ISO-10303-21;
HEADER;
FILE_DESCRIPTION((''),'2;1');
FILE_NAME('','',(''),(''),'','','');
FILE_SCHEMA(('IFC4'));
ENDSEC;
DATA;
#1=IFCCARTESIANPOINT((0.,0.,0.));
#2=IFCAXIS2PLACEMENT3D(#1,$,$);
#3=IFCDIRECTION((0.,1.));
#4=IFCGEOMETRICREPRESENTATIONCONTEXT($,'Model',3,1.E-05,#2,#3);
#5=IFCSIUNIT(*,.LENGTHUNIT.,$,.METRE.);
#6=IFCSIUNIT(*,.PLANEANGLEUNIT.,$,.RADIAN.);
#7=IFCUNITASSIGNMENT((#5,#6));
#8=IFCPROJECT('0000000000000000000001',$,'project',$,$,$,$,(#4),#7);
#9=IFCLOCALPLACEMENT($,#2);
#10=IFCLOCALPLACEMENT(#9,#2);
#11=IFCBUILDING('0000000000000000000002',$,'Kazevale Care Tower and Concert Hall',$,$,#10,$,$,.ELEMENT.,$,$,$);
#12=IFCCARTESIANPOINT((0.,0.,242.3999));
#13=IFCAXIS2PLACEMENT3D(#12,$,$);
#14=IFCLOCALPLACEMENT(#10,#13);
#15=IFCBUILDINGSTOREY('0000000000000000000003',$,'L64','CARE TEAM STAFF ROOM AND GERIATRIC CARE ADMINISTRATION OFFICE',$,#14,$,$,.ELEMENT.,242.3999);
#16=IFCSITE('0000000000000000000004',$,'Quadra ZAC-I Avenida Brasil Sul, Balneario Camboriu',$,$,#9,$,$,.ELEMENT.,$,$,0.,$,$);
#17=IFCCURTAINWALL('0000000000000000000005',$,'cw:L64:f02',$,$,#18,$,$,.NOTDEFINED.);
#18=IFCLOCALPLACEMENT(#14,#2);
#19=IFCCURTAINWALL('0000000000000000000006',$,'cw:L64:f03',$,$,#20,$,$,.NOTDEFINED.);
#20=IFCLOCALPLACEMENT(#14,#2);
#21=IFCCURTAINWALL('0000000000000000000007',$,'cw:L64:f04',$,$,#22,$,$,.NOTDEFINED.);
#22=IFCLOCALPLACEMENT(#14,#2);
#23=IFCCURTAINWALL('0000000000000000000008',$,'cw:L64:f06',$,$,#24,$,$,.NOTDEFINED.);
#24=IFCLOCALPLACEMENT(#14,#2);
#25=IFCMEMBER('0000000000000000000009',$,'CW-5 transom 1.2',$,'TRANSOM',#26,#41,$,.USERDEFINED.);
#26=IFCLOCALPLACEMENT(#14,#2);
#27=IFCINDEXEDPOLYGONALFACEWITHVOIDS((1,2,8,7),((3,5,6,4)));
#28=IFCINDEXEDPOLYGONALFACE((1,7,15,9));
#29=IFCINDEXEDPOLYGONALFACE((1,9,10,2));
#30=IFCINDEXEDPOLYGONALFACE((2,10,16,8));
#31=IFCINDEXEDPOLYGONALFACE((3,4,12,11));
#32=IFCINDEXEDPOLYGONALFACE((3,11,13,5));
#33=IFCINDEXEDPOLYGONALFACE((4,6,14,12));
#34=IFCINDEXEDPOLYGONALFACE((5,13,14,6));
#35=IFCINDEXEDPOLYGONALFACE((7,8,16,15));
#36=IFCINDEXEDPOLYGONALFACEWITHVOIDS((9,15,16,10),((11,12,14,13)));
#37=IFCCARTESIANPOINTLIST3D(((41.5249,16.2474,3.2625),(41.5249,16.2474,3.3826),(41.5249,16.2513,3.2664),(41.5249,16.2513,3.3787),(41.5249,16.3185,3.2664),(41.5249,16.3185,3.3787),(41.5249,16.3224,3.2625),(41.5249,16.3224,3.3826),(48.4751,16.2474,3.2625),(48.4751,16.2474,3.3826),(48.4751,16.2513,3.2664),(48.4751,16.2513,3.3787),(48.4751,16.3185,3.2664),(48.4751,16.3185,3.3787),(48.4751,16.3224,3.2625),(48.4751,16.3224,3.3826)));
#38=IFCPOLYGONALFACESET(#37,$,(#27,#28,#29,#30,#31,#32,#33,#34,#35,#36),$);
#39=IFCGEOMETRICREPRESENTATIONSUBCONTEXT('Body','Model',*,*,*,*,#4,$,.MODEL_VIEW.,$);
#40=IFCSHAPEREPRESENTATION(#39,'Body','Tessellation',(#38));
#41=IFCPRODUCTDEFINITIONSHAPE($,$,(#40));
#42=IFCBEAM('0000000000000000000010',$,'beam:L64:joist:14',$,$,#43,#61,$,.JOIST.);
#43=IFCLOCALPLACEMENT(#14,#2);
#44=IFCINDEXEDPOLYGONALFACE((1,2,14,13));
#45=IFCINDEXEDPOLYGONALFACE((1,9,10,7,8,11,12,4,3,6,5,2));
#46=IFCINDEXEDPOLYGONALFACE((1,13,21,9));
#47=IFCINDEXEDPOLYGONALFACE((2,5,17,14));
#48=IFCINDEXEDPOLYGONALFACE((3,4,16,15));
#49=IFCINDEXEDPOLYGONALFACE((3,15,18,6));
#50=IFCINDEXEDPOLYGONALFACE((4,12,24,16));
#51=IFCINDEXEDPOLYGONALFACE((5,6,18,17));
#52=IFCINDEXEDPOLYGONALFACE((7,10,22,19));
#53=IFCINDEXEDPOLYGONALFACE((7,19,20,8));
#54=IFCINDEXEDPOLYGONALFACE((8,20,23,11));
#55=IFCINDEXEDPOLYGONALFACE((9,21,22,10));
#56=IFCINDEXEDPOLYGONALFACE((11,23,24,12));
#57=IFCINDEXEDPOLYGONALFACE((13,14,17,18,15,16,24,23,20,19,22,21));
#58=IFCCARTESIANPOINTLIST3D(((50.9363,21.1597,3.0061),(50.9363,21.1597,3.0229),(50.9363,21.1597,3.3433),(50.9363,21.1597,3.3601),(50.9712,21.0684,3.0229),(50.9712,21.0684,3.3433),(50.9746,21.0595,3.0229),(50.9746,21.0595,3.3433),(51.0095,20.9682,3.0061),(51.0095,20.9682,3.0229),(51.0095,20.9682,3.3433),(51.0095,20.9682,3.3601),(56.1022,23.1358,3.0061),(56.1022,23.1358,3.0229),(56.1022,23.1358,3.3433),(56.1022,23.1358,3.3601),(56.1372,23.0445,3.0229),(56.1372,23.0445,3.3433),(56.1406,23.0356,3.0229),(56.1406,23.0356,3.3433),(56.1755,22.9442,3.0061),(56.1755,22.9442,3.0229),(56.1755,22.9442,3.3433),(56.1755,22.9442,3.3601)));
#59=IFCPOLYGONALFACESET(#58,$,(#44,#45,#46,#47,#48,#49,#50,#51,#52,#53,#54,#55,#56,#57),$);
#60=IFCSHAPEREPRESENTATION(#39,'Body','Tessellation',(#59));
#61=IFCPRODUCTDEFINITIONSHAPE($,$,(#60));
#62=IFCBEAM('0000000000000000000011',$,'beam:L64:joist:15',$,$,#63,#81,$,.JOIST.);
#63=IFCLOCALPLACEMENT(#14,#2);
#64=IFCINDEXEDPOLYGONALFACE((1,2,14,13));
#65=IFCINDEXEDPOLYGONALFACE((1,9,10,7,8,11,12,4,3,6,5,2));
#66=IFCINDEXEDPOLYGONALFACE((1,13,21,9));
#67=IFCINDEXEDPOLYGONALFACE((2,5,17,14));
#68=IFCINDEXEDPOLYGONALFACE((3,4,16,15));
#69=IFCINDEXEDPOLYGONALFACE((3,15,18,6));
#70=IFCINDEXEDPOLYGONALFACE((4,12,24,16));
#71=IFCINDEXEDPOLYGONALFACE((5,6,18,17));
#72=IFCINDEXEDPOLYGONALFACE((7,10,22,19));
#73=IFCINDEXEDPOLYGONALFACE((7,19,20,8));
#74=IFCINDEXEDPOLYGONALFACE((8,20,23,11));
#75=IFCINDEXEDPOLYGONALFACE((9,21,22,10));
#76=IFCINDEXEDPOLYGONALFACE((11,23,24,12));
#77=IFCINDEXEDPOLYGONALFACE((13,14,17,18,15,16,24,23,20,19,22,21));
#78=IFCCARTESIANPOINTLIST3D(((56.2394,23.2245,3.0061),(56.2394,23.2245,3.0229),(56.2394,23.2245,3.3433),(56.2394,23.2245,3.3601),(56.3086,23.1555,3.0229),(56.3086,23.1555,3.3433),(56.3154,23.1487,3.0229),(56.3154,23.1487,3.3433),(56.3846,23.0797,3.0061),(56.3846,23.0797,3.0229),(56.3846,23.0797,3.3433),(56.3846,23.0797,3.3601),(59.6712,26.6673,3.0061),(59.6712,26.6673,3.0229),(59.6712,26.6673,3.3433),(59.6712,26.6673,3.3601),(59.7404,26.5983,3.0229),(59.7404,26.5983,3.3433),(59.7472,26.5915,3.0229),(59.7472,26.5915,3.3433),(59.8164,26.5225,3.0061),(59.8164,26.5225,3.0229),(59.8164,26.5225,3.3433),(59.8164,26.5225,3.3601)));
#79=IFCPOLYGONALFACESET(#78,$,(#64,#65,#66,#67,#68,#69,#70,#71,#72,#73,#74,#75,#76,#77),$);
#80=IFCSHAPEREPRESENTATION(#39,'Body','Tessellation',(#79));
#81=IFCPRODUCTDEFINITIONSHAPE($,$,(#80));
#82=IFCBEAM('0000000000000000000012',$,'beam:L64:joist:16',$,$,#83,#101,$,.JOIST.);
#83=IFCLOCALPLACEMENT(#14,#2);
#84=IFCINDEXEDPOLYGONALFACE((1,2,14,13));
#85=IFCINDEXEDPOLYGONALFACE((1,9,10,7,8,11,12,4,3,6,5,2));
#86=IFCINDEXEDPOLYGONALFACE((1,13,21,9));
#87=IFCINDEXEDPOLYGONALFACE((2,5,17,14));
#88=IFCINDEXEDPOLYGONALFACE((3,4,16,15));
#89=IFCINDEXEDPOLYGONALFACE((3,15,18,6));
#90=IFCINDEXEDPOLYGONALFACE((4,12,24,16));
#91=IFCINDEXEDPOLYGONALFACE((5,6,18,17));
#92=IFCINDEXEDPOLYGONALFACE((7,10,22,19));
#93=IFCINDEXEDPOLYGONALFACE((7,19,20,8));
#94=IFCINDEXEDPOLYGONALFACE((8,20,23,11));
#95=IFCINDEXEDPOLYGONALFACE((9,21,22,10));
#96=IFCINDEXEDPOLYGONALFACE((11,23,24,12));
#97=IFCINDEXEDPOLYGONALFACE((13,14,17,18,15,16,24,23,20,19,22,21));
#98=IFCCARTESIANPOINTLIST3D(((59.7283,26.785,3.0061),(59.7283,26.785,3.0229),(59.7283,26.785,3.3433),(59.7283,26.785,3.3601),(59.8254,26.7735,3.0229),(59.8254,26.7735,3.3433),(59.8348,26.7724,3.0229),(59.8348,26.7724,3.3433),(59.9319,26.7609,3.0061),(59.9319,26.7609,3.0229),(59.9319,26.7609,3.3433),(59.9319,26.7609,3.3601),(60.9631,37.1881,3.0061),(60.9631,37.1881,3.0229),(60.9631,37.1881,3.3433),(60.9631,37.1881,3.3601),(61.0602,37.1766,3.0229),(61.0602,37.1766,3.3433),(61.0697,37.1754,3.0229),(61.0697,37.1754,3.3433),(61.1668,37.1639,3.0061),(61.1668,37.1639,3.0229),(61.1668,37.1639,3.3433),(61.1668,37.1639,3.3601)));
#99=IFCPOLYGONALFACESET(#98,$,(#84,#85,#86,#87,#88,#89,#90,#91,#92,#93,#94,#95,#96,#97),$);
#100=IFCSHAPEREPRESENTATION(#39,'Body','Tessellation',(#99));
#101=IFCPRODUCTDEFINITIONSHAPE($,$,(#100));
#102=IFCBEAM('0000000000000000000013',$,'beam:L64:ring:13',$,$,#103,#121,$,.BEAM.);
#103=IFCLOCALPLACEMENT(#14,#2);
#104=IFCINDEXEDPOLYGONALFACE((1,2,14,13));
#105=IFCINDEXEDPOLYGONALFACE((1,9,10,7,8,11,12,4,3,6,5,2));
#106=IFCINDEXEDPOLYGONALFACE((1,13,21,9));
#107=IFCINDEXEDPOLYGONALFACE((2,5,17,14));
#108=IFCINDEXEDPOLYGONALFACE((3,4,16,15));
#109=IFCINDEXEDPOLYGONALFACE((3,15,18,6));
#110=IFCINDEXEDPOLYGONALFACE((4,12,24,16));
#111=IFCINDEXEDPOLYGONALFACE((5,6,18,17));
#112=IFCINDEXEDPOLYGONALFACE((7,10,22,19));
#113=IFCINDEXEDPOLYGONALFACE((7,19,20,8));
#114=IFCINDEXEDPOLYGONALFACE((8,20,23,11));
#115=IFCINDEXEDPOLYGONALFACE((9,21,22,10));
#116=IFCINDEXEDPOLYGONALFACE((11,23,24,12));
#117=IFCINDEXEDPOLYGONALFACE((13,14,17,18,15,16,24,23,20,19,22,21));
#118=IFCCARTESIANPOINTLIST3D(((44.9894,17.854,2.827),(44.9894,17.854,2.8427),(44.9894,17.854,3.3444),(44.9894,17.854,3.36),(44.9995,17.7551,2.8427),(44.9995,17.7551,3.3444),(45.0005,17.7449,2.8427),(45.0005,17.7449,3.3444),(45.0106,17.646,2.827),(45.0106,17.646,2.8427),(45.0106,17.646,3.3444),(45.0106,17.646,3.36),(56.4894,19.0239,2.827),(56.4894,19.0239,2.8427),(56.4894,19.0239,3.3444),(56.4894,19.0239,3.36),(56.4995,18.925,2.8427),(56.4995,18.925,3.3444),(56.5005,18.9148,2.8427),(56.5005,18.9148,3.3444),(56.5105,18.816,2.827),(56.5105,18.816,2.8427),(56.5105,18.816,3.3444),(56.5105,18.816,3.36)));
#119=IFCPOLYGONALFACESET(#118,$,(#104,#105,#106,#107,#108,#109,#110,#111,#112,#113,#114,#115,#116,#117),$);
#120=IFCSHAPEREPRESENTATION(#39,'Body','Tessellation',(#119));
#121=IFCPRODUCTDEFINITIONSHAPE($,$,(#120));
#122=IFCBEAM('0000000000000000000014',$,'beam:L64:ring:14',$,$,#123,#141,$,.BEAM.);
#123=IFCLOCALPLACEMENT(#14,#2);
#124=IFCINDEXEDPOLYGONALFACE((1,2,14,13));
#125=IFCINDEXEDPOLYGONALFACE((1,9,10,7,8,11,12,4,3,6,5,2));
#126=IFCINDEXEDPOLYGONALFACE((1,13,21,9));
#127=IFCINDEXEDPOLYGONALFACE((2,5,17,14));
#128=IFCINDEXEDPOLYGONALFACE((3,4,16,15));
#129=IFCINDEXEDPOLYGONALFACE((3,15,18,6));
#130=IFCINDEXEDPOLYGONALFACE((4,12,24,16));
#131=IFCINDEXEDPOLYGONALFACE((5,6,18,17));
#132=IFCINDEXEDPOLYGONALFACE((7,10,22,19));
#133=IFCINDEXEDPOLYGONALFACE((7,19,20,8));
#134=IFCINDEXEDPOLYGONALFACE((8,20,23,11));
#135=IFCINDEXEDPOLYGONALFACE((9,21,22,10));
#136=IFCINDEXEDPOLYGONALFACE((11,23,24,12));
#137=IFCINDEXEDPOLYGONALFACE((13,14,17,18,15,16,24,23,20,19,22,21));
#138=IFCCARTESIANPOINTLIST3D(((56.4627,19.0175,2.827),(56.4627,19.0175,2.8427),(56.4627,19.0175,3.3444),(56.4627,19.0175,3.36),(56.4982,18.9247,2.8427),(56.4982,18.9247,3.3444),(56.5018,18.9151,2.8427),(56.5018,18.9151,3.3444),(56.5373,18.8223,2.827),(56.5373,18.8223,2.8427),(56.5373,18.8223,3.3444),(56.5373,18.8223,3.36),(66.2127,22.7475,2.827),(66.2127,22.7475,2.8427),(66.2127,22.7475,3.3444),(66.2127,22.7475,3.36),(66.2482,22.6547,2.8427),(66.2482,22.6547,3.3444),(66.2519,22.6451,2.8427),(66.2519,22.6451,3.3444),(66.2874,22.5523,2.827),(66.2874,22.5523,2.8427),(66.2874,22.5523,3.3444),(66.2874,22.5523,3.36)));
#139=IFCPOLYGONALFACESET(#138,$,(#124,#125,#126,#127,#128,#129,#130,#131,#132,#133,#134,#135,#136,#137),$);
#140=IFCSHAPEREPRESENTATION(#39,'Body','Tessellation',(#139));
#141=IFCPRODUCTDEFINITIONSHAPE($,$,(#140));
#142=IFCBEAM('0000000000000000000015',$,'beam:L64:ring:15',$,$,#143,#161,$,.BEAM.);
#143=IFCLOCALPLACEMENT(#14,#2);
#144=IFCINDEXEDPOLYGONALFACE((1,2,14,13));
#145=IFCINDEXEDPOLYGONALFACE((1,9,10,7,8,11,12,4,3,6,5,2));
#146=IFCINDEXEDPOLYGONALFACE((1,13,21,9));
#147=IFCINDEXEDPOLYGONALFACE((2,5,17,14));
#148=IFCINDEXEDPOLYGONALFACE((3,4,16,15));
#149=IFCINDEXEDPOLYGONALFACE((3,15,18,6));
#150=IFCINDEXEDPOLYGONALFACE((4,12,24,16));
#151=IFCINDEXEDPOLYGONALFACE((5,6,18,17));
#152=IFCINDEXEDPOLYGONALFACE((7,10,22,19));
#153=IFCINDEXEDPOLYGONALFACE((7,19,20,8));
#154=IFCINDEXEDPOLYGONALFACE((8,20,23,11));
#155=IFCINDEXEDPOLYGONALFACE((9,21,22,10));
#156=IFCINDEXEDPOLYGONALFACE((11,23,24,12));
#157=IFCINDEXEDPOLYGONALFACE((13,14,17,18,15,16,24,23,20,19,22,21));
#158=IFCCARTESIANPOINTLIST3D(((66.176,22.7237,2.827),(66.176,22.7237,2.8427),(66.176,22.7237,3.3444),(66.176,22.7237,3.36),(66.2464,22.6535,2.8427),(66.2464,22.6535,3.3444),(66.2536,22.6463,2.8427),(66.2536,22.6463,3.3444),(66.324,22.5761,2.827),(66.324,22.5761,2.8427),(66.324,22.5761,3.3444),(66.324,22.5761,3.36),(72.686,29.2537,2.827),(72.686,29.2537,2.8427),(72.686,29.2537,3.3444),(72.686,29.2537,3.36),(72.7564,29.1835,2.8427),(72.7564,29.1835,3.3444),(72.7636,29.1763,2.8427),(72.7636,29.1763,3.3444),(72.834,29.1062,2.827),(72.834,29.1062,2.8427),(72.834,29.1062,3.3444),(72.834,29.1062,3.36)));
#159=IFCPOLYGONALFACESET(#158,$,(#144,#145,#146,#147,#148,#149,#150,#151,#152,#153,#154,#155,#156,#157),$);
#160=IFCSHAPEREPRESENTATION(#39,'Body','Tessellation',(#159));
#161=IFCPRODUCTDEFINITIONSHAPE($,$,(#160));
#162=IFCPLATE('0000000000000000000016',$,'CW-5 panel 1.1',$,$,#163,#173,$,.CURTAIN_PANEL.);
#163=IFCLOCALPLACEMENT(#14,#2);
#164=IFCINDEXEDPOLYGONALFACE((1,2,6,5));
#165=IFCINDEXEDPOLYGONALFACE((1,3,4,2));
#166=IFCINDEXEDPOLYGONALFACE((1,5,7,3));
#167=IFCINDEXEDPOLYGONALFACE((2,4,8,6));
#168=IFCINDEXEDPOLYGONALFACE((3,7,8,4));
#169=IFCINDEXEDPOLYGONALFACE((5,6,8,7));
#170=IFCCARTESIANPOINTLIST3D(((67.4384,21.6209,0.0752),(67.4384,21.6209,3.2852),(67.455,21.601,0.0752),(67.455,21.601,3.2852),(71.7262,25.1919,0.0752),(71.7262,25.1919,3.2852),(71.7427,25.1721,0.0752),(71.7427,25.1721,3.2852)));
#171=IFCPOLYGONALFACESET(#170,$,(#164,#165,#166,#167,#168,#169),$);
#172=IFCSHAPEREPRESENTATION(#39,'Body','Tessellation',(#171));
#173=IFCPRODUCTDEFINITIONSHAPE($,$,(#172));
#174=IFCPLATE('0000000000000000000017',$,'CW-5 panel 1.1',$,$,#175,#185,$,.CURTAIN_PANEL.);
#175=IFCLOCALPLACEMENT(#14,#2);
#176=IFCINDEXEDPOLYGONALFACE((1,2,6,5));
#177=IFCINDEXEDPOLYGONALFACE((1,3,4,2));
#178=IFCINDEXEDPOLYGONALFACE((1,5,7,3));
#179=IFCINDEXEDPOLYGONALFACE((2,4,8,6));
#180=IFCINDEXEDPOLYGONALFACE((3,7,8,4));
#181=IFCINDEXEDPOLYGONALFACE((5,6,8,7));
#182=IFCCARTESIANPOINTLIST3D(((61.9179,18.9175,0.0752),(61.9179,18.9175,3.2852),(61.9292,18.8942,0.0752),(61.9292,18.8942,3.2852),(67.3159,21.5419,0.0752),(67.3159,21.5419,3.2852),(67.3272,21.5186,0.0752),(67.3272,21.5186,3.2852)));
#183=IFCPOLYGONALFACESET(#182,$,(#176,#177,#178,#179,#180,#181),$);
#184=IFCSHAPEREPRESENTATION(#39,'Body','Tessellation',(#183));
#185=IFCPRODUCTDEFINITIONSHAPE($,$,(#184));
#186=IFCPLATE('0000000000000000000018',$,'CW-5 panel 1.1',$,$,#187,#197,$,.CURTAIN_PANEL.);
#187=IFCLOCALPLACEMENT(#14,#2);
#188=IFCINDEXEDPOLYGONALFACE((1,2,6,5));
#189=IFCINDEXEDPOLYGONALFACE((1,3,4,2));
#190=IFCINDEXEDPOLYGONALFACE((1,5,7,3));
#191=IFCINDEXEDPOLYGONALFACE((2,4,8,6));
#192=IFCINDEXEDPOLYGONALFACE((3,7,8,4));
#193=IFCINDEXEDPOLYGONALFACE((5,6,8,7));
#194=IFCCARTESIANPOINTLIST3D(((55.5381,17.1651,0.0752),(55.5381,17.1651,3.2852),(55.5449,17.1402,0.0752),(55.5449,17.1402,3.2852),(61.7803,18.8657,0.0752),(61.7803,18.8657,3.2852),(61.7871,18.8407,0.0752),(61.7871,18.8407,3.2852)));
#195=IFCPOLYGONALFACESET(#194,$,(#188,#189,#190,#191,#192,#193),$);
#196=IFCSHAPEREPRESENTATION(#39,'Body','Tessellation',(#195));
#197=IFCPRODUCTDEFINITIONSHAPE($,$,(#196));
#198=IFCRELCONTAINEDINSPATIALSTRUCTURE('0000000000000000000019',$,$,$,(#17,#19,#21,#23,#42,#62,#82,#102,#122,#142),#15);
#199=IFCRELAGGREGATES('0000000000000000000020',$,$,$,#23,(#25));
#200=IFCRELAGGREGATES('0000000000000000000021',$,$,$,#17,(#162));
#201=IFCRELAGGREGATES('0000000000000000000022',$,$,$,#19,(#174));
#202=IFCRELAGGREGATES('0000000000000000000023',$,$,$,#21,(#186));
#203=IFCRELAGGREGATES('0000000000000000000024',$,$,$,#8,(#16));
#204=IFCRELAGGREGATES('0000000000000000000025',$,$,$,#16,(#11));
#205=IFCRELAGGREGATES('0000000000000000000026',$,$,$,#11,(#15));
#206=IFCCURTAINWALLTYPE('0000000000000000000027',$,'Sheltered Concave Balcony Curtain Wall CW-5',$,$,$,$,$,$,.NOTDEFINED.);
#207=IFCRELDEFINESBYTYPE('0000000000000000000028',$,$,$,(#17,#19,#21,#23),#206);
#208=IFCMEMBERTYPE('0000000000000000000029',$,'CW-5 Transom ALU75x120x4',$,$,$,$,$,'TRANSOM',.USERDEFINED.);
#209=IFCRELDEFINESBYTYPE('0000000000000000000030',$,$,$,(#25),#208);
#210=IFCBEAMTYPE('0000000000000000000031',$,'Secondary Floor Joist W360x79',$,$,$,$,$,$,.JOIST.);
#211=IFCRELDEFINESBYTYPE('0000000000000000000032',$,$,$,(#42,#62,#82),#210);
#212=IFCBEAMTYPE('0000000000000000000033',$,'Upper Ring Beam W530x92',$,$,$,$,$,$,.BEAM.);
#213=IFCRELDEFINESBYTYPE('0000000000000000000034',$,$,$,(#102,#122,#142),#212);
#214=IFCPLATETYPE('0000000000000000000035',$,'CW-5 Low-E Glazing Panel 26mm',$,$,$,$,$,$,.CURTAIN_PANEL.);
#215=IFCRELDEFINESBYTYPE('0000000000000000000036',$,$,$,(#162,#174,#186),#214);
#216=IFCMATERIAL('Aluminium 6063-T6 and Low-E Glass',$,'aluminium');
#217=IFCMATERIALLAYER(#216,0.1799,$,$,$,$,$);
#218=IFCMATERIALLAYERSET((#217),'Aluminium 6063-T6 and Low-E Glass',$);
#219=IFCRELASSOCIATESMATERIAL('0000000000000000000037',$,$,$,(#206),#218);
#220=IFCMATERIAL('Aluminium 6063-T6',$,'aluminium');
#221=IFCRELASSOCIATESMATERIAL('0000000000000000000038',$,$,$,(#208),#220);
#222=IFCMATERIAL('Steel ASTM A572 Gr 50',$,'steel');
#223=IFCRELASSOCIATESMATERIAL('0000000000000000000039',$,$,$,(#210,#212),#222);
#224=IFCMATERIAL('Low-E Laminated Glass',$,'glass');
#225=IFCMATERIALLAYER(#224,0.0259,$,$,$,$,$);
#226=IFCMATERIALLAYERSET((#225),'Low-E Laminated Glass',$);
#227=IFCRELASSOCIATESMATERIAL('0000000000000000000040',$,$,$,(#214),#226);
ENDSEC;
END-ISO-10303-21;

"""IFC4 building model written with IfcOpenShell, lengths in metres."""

from ifc_helpers import new_model, si_unit, direction, frame, origin, origin_2d, place, context, subcontext, project, spatial, rectangle, hollow_rectangle, i_section, extrude, material, layer, layer_set, material_profile, profile_set, type_object, element, aggregate, save


model = new_model("IFC4")

# Units and contexts
model_context = context("Model", 3, precision=1e-05, world=origin(), true_north=direction((0.0, 1.0)))
body_context = subcontext(model_context, "Body", "Model", "MODEL_VIEW")
ifc_project = project(units=[si_unit("LENGTHUNIT", "METRE"), si_unit("PLANEANGLEUNIT", "RADIAN")], contexts=[model_context])

# Site, building, storey
site_placement = place(None, origin())
site = spatial("IfcSite", under=ifc_project, at=site_placement, Name="Quadra ZAC-I Avenida Brasil Sul, Balneario Camboriu", CompositionType="ELEMENT", RefElevation=0.0)
building_placement = place(site_placement, origin())
building = spatial("IfcBuilding", under=site, at=building_placement, Name="Kazevale Care Tower and Concert Hall", CompositionType="ELEMENT")
storey_placement = place(building_placement, frame((0.0, 0.0, 242.3999)))
storey = spatial("IfcBuildingStorey", under=building, at=storey_placement, Name="L64", Description="CARE TEAM STAFF ROOM AND GERIATRIC CARE ADMINISTRATION OFFICE", CompositionType="ELEMENT", Elevation=242.3999)

# Curtain walls
ifc_material_1 = material(Name="Aluminium 6063-T6 and Low-E Glass", Category="aluminium")
ifc_layer_1 = layer(ifc_material_1, 0.1799)
ifc_layer_set_1 = layer_set([ifc_layer_1], Name="Aluminium 6063-T6 and Low-E Glass")
curtain_wall_type = type_object("IfcCurtainWallType", Name="Sheltered Concave Balcony Curtain Wall CW-5", PredefinedType="NOTDEFINED", material=ifc_layer_set_1)
curtain_wall_1_placement = place(storey_placement, origin())
curtain_wall_1 = element("IfcCurtainWall", 1, at=curtain_wall_1_placement, inside=storey, type_object=curtain_wall_type, Name="cw:L64:f02", PredefinedType="NOTDEFINED")
ifc_material_2 = material(Name="Aluminium 6063-T6", Category="aluminium")
curtain_wall_2_placement = place(storey_placement, origin())
curtain_wall_2 = element("IfcCurtainWall", 2, at=curtain_wall_2_placement, inside=storey, type_object=curtain_wall_type, Name="cw:L64:f03", PredefinedType="NOTDEFINED")
curtain_wall_3_placement = place(storey_placement, origin())
curtain_wall_3 = element("IfcCurtainWall", 3, at=curtain_wall_3_placement, inside=storey, type_object=curtain_wall_type, Name="cw:L64:f04", PredefinedType="NOTDEFINED")

# Curtain wall
curtain_wall_4_placement = place(storey_placement, origin())
curtain_wall_4 = element("IfcCurtainWall", 4, at=curtain_wall_4_placement, inside=storey, type_object=curtain_wall_type, Name="cw:L64:f06", PredefinedType="NOTDEFINED")

# Member
ifc_material_profile_1 = material_profile(ifc_material_2, hollow_rectangle(XDim=0.075, YDim=0.1201, WallThickness=0.0039, at=origin_2d()), Name="ALU75x120x4")
ifc_profile_set_1 = profile_set([ifc_material_profile_1], Name="Aluminium 6063-T6")
member_type_1 = type_object("IfcMemberType", Name="CW-5 Transom ALU75x120x4", ElementType="TRANSOM", PredefinedType="USERDEFINED", material=ifc_profile_set_1)
member_1_placement = place(storey_placement, frame((48.4751, 16.2849, 3.3225), z_axis=(-1.0, 0.0, 0.0), x_axis=(0.0, -1.0, 0.0)))
member_1 = element("IfcMember", 5, at=member_1_placement, type_object=member_type_1, Name="CW-5 transom 1.2", ObjectType="TRANSOM", PredefinedType="USERDEFINED", context=body_context, shape_type="SweptSolid", body=[
    extrude(hollow_rectangle(XDim=0.075, YDim=0.1201, WallThickness=0.0039, at=origin_2d()), origin(), (0.0, 0.0, 1.0), 6.9502),
])
aggregate(curtain_wall_4, [member_1])

# Beams
ifc_material_3 = material(Name="Steel ASTM A572 Gr 50", Category="steel")
ifc_material_profile_2 = material_profile(ifc_material_3, i_section(OverallWidth=0.2051, OverallDepth=0.354, WebThickness=0.0095, FlangeThickness=0.0168, at=origin_2d()), Name="W360x79")
ifc_profile_set_2 = profile_set([ifc_material_profile_2], Name="Steel ASTM A572 Gr 50")
beam_type_1 = type_object("IfcBeamType", Name="Secondary Floor Joist W360x79", PredefinedType="JOIST", material=ifc_profile_set_2)
beam_1_placement = place(storey_placement, frame((50.9729, 21.064, 3.1831), z_axis=(0.934002, 0.357269, 0.0), x_axis=(-0.357269, 0.934002, 0.0)))
element("IfcBeam", 6, at=beam_1_placement, inside=storey, type_object=beam_type_1, Name="beam:L64:joist:14", PredefinedType="JOIST", context=body_context, shape_type="SweptSolid", body=[
    extrude(i_section(OverallWidth=0.2051, OverallDepth=0.354, WebThickness=0.0095, FlangeThickness=0.0168, at=origin_2d()), origin(), (0.0, 0.0, 1.0), 5.531),
])
beam_2_placement = place(storey_placement, frame((56.312, 23.1521, 3.1831), z_axis=(0.705976, 0.708236, 0.0), x_axis=(-0.708236, 0.705976, 0.0)))
element("IfcBeam", 7, at=beam_2_placement, inside=storey, type_object=beam_type_1, Name="beam:L64:joist:15", PredefinedType="JOIST", context=body_context, shape_type="SweptSolid", body=[
    extrude(i_section(OverallWidth=0.2051, OverallDepth=0.354, WebThickness=0.0095, FlangeThickness=0.0168, at=origin_2d()), origin(), (0.0, 0.0, 1.0), 4.8611),
])
beam_3_placement = place(storey_placement, frame((59.8301, 26.7729, 3.1831), z_axis=(0.117874, 0.993029, 0.0), x_axis=(-0.993029, 0.117874, 0.0)))
element("IfcBeam", 8, at=beam_3_placement, inside=storey, type_object=beam_type_1, Name="beam:L64:joist:16", PredefinedType="JOIST", context=body_context, shape_type="SweptSolid", body=[
    extrude(i_section(OverallWidth=0.2051, OverallDepth=0.354, WebThickness=0.0095, FlangeThickness=0.0168, at=origin_2d()), origin(), (0.0, 0.0, 1.0), 10.4761),
])
ifc_material_profile_3 = material_profile(ifc_material_3, i_section(OverallWidth=0.209, OverallDepth=0.533, WebThickness=0.0103, FlangeThickness=0.0156, at=origin_2d()), Name="W530x92")
ifc_profile_set_3 = profile_set([ifc_material_profile_3], Name="Steel ASTM A572 Gr 50")
beam_type_2 = type_object("IfcBeamType", Name="Upper Ring Beam W530x92", PredefinedType="BEAM", material=ifc_profile_set_3)
beam_4_placement = place(storey_placement, frame((45.0, 17.75, 3.0935), z_axis=(0.994865, 0.10121, 0.0), x_axis=(-0.10121, 0.994865, 0.0)))
element("IfcBeam", 9, at=beam_4_placement, inside=storey, type_object=beam_type_2, Name="beam:L64:ring:13", PredefinedType="BEAM", context=body_context, shape_type="SweptSolid", body=[
    extrude(i_section(OverallWidth=0.209, OverallDepth=0.533, WebThickness=0.0103, FlangeThickness=0.0156, at=origin_2d()), origin(), (0.0, 0.0, 1.0), 11.5593),
])
beam_5_placement = place(storey_placement, frame((56.5, 18.9199, 3.0935), z_axis=(0.933987, 0.357308, 0.0), x_axis=(-0.357308, 0.933987, 0.0)))
element("IfcBeam", 10, at=beam_5_placement, inside=storey, type_object=beam_type_2, Name="beam:L64:ring:14", PredefinedType="BEAM", context=body_context, shape_type="SweptSolid", body=[
    extrude(i_section(OverallWidth=0.209, OverallDepth=0.533, WebThickness=0.0103, FlangeThickness=0.0156, at=origin_2d()), origin(), (0.0, 0.0, 1.0), 10.4392),
])
beam_6_placement = place(storey_placement, frame((66.25, 22.6499, 3.0935), z_axis=(0.70602, 0.708192, 0.0), x_axis=(-0.708192, 0.70602, 0.0)))
element("IfcBeam", 11, at=beam_6_placement, inside=storey, type_object=beam_type_2, Name="beam:L64:ring:15", PredefinedType="BEAM", context=body_context, shape_type="SweptSolid", body=[
    extrude(i_section(OverallWidth=0.209, OverallDepth=0.533, WebThickness=0.0103, FlangeThickness=0.0156, at=origin_2d()), origin(), (0.0, 0.0, 1.0), 9.2207),
])

# Plates
ifc_material_4 = material(Name="Low-E Laminated Glass", Category="glass")
ifc_layer_2 = layer(ifc_material_4, 0.0259)
ifc_layer_set_2 = layer_set([ifc_layer_2], Name="Low-E Laminated Glass")
plate_type = type_object("IfcPlateType", Name="CW-5 Low-E Glazing Panel 26mm", PredefinedType="CURTAIN_PANEL", material=ifc_layer_set_2)
plate_1_placement = place(storey_placement, frame((69.5906, 23.3965, 0.0752), z_axis=(0.0, 0.0, 1.0), x_axis=(-0.768407, -0.639961, 0.0)))
plate_1 = element("IfcPlate", 12, at=plate_1_placement, type_object=plate_type, Name="CW-5 panel 1.1", PredefinedType="CURTAIN_PANEL", context=body_context, shape_type="SweptSolid", body=[
    extrude(rectangle(XDim=5.5801, YDim=0.0259, at=origin_2d()), origin(), (0.0, 0.0, 1.0), 3.21),
])
aggregate(curtain_wall_1, [plate_1])
plate_2_placement = place(storey_placement, frame((64.6226, 20.218, 0.0752), z_axis=(0.0, 0.0, 1.0), x_axis=(-0.899346, -0.437238, 0.0)))
plate_2 = element("IfcPlate", 13, at=plate_2_placement, type_object=plate_type, Name="CW-5 panel 1.1", PredefinedType="CURTAIN_PANEL", context=body_context, shape_type="SweptSolid", body=[
    extrude(rectangle(XDim=6.0022, YDim=0.0259, at=origin_2d()), origin(), (0.0, 0.0, 1.0), 3.21),
])
aggregate(curtain_wall_2, [plate_2])
plate_3_placement = place(storey_placement, frame((58.6626, 18.0029, 0.0752), z_axis=(0.0, 0.0, 1.0), x_axis=(-0.964837, -0.262849, 0.0)))
plate_3 = element("IfcPlate", 14, at=plate_3_placement, type_object=plate_type, Name="CW-5 panel 1.1", PredefinedType="CURTAIN_PANEL", context=body_context, shape_type="SweptSolid", body=[
    extrude(rectangle(XDim=6.4697, YDim=0.0259, at=origin_2d()), origin(), (0.0, 0.0, 1.0), 3.21),
])
aggregate(curtain_wall_3, [plate_3])

save(model, "model.ifc")
